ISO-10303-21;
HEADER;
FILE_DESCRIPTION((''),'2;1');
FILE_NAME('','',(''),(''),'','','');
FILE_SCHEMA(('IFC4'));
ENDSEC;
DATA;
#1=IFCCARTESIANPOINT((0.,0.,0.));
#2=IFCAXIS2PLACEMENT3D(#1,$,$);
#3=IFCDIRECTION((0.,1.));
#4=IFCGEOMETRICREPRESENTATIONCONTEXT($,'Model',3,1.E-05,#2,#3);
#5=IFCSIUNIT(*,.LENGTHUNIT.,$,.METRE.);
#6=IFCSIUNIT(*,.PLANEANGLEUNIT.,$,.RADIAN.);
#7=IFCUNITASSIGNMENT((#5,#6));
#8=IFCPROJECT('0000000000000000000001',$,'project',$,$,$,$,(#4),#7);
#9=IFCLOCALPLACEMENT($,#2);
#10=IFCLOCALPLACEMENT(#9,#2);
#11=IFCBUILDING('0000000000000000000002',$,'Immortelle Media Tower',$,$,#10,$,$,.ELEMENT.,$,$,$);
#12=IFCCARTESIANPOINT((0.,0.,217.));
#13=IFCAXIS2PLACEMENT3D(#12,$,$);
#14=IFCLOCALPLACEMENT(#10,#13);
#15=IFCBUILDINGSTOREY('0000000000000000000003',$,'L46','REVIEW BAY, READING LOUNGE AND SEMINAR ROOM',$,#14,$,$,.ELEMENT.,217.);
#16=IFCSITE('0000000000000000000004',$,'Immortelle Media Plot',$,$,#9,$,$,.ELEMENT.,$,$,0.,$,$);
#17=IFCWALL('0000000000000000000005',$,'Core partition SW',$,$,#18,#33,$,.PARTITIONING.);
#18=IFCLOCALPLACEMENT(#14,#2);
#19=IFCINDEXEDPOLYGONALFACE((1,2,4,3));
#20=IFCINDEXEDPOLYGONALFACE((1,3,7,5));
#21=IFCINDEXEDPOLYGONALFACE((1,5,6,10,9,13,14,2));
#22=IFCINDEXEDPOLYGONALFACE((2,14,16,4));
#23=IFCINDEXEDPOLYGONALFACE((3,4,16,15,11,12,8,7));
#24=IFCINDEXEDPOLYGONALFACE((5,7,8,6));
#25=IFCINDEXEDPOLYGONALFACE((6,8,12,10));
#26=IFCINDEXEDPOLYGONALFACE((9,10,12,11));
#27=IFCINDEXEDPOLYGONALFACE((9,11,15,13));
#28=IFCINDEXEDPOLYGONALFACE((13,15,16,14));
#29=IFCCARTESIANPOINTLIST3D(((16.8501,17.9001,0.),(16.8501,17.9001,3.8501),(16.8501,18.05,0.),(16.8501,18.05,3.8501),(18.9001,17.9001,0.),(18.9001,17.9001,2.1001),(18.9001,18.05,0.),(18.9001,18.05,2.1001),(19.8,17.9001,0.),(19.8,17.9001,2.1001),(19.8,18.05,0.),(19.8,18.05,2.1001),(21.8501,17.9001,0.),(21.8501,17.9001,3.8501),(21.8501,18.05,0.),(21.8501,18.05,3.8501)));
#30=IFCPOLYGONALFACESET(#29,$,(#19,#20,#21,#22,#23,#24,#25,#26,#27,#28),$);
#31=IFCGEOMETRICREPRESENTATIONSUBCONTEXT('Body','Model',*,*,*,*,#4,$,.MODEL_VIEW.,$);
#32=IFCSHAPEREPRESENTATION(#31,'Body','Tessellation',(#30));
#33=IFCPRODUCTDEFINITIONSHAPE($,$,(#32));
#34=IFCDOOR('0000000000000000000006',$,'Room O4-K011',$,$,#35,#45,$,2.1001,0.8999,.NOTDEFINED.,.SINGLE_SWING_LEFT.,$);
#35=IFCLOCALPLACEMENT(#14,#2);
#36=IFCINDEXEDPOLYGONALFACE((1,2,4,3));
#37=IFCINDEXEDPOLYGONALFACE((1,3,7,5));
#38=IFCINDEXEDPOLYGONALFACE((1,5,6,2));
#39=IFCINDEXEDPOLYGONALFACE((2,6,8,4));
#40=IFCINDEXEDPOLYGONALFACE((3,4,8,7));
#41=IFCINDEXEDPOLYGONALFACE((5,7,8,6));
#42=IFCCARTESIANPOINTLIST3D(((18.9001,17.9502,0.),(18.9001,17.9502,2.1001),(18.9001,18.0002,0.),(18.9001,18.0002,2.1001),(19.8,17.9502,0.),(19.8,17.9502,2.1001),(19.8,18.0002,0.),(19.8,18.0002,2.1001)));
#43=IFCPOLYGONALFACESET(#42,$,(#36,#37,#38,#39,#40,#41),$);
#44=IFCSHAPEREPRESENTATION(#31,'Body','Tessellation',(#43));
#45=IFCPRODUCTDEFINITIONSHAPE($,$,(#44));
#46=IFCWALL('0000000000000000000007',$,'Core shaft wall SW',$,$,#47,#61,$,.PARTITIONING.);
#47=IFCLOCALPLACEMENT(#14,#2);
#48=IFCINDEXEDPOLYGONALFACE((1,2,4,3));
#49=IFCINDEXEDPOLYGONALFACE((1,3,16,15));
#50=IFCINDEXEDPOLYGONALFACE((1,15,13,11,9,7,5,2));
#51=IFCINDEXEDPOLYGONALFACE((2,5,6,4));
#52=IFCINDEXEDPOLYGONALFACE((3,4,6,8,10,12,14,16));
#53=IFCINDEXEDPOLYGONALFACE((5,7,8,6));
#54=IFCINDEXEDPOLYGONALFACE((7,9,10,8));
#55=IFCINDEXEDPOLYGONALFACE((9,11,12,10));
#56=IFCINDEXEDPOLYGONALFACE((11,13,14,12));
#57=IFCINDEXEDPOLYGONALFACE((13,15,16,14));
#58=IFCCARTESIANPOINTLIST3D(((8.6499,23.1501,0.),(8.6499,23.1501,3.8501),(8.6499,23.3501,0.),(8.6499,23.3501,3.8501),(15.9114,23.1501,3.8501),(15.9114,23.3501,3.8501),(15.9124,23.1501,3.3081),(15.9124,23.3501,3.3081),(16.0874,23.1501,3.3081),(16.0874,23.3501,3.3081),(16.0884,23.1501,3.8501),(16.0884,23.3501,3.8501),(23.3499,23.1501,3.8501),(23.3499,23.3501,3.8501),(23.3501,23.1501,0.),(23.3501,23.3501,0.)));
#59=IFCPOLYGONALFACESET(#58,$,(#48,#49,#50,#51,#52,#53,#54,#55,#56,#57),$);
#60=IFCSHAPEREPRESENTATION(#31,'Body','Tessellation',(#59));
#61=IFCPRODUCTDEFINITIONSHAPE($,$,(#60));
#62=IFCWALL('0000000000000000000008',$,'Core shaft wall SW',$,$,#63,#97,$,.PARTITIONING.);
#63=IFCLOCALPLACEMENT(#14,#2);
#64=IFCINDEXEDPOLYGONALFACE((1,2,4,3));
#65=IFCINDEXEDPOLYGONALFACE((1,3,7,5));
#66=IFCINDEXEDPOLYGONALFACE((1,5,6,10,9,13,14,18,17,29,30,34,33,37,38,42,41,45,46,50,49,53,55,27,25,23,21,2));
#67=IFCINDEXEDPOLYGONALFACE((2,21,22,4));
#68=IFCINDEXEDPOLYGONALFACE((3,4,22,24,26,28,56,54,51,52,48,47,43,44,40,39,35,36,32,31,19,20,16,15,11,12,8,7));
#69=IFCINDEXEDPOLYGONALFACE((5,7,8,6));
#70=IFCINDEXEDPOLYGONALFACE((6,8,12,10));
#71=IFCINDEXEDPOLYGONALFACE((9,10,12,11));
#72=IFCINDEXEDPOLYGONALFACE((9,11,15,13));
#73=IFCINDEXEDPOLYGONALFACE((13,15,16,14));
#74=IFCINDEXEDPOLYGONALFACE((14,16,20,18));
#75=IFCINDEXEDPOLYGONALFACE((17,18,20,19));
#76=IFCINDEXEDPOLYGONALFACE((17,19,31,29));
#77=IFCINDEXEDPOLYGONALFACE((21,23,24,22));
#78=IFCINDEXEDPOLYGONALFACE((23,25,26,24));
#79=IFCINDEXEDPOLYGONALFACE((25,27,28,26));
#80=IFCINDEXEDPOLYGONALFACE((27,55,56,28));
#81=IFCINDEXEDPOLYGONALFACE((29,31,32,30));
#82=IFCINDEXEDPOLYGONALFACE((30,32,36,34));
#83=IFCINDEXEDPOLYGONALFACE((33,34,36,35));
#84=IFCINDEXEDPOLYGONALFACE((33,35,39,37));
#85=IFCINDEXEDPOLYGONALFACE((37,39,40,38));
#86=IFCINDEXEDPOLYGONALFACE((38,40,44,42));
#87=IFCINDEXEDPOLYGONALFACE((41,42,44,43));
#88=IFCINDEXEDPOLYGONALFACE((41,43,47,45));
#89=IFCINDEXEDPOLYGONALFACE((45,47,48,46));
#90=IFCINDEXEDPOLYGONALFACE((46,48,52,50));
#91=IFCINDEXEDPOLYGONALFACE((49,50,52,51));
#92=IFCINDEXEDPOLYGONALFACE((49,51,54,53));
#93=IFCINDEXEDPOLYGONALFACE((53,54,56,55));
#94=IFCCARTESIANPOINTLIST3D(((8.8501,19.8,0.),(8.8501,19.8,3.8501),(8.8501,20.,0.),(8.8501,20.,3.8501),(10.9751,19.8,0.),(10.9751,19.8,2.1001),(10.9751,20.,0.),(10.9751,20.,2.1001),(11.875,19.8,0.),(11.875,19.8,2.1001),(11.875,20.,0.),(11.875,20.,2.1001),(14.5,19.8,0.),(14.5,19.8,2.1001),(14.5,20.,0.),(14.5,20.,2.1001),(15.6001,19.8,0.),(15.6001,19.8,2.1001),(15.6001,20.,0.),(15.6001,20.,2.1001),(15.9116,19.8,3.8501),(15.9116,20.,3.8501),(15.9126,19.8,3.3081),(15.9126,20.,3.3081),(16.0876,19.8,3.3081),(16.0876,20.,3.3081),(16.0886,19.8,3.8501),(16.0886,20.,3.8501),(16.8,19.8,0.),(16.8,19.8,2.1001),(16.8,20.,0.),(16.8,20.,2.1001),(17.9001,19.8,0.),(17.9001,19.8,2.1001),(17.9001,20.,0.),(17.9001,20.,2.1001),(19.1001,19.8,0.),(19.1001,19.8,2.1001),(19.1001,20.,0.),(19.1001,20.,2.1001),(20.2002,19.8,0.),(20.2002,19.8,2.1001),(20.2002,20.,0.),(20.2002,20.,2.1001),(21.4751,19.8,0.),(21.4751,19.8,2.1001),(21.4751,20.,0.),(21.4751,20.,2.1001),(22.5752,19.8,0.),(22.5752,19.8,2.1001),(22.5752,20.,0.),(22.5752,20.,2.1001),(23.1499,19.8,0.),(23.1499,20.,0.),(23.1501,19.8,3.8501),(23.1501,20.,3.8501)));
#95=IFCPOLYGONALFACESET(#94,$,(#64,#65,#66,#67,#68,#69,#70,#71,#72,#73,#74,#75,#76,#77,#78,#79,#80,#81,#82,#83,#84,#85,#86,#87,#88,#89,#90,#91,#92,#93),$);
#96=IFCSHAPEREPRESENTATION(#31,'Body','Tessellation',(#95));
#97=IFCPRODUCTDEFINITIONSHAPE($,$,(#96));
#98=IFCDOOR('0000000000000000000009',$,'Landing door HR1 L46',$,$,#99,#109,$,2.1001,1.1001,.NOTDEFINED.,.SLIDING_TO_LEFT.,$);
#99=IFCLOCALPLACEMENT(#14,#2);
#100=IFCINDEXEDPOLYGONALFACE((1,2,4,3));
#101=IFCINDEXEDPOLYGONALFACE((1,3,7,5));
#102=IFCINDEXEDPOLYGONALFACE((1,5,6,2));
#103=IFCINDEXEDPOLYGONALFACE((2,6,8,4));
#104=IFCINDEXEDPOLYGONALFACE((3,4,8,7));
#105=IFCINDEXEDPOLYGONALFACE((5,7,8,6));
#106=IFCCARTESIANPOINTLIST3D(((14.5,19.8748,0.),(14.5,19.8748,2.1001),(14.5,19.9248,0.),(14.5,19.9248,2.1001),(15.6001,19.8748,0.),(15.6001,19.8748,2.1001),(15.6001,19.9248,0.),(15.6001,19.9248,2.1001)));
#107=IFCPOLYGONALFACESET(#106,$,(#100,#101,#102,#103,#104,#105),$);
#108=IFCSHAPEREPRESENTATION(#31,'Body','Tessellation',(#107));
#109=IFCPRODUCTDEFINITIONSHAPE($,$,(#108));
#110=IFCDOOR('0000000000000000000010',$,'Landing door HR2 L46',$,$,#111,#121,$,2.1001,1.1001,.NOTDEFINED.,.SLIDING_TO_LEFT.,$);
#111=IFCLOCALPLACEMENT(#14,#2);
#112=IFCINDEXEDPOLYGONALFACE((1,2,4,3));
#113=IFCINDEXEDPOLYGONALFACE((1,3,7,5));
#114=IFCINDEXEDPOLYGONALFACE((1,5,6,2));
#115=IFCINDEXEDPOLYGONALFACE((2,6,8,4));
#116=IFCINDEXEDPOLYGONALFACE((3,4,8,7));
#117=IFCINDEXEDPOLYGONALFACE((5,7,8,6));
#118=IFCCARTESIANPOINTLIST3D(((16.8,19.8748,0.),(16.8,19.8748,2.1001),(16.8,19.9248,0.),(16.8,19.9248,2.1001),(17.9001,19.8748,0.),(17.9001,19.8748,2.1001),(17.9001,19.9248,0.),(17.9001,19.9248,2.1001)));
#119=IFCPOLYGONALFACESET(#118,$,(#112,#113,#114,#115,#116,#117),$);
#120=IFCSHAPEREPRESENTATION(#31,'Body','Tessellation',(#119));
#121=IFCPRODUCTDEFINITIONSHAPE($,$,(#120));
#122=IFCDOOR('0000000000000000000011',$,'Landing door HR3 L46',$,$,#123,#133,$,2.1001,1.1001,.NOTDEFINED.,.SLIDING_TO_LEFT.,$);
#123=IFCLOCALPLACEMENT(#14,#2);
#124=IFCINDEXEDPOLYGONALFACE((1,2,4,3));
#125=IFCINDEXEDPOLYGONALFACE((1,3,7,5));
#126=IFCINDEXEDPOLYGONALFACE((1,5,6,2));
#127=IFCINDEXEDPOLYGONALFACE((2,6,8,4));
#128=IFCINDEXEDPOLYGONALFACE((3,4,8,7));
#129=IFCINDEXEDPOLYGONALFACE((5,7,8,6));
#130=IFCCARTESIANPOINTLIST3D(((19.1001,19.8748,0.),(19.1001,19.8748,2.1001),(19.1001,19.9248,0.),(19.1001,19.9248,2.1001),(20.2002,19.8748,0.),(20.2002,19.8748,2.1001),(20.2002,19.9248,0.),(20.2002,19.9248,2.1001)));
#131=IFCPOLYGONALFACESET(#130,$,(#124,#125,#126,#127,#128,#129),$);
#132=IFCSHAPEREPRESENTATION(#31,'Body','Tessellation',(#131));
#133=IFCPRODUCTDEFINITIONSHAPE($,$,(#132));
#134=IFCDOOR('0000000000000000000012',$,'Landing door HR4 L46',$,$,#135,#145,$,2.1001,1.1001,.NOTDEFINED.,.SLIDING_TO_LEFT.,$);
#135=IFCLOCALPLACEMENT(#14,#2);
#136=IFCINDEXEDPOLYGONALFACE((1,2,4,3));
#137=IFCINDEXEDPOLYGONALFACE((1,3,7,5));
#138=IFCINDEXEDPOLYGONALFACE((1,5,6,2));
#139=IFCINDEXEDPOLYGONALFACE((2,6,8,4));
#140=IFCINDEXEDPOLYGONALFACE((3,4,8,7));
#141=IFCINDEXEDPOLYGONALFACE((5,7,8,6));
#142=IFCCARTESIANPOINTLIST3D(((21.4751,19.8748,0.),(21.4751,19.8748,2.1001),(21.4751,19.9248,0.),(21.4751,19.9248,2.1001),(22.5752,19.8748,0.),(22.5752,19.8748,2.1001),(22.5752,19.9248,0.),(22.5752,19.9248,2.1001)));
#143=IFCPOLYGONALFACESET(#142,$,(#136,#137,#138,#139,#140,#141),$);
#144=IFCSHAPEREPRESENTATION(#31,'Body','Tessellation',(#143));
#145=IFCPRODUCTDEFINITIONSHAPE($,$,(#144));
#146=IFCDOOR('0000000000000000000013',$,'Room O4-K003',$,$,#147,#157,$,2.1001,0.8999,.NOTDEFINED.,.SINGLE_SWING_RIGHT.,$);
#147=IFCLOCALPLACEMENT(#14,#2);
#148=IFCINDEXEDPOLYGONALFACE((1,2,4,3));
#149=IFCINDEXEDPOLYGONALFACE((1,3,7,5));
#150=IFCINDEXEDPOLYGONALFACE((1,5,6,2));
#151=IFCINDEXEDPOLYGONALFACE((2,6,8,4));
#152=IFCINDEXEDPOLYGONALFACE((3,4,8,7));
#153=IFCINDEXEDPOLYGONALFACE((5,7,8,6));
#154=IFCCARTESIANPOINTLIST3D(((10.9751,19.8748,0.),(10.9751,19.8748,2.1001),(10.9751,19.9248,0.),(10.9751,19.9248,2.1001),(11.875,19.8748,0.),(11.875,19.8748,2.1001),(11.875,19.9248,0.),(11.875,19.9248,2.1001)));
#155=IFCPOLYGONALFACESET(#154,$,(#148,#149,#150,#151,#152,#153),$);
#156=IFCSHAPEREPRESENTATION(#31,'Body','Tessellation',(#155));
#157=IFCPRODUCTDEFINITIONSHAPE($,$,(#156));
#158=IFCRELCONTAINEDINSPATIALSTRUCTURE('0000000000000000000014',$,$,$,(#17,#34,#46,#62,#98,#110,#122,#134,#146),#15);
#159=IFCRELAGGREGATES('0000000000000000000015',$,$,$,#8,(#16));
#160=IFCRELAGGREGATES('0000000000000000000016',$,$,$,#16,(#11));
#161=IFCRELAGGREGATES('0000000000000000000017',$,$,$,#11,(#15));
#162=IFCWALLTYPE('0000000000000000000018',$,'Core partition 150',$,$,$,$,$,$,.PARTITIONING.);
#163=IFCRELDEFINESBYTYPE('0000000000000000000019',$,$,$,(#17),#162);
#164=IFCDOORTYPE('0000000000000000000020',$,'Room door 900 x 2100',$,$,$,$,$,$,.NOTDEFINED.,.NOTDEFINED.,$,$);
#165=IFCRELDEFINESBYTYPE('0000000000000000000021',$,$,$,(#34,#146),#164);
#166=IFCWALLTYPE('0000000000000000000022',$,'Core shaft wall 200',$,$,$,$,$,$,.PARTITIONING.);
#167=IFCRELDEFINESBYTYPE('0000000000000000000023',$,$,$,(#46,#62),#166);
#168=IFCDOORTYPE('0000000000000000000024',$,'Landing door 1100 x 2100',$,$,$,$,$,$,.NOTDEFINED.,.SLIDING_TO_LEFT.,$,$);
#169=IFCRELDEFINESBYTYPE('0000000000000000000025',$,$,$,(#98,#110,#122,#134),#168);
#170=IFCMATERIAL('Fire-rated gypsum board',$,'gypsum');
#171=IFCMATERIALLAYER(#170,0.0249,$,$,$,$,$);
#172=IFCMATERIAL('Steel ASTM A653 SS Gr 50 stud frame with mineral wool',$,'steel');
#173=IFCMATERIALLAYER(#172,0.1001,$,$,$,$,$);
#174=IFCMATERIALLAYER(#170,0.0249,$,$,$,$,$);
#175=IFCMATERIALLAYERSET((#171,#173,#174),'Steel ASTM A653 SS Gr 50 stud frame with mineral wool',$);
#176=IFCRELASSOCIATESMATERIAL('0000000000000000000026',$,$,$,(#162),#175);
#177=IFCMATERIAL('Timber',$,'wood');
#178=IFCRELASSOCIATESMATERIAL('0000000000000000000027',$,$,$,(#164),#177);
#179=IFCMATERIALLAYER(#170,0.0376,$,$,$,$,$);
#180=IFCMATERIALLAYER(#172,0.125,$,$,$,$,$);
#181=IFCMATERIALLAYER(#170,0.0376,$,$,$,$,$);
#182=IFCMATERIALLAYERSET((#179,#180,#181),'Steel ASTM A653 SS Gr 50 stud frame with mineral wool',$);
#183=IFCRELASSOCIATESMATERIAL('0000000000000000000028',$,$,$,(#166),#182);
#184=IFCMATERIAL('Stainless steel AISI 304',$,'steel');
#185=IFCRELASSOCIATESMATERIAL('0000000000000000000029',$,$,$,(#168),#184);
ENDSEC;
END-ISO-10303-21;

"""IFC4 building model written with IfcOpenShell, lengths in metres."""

from ifc_helpers import new_model, si_unit, direction, frame, frame_2d, origin, place, context, subcontext, project, spatial, polyline, rectangle, outline, extrude, material, layer, layer_set, type_object, element, fill, save


model = new_model("IFC4")

# Units and contexts
model_context = context("Model", 3, precision=1e-05, world=origin(), true_north=direction((0.0, 1.0)))
body_context = subcontext(model_context, "Body", "Model", "MODEL_VIEW")
ifc_project = project(units=[si_unit("LENGTHUNIT", "METRE"), si_unit("PLANEANGLEUNIT", "RADIAN")], contexts=[model_context])

# Site, building, storey
site_placement = place(None, origin())
site = spatial("IfcSite", under=ifc_project, at=site_placement, Name="Immortelle Media Plot", CompositionType="ELEMENT", RefElevation=0.0)
building_placement = place(site_placement, origin())
building = spatial("IfcBuilding", under=site, at=building_placement, Name="Immortelle Media Tower", CompositionType="ELEMENT")
storey_placement = place(building_placement, frame((0.0, 0.0, 217.0)))
storey = spatial("IfcBuildingStorey", under=building, at=storey_placement, Name="L46", Description="REVIEW BAY, READING LOUNGE AND SEMINAR ROOM", CompositionType="ELEMENT", Elevation=217.0)

# Shared definitions
ifc_material_1 = material(Name="Timber", Category="wood")

# Shared definitions
ifc_material_2 = material(Name="Fire-rated gypsum board", Category="gypsum")
ifc_layer_1 = layer(ifc_material_2, 0.0249)
ifc_material_3 = material(Name="Steel ASTM A653 SS Gr 50 stud frame with mineral wool", Category="steel")
ifc_layer_2 = layer(ifc_material_3, 0.1001)
ifc_layer_3 = layer(ifc_material_2, 0.0249)
ifc_layer_set_1 = layer_set([ifc_layer_1, ifc_layer_2, ifc_layer_3], Name="Steel ASTM A653 SS Gr 50 stud frame with mineral wool")
wall_type_1 = type_object("IfcWallType", Name="Core partition 150", PredefinedType="PARTITIONING", material=ifc_layer_set_1)

# Shared definitions
door_type_1 = type_object("IfcDoorType", Name="Room door 900 x 2100", OperationType="NOTDEFINED", PredefinedType="NOTDEFINED", material=ifc_material_1)

# Wall, opening, door
wall_1_placement = place(storey_placement, frame((16.8501, 17.9751, 0.0), z_axis=(0.0, 0.0, 1.0), x_axis=(1.0, 0.0, 0.0)))
wall_1 = element("IfcWall", 1, at=wall_1_placement, inside=storey, type_object=wall_type_1, Name="Core partition SW", PredefinedType="PARTITIONING", context=body_context, shape_type="SweptSolid", body=[
    extrude(rectangle(XDim=5.0, YDim=0.1499, at=frame_2d((2.5, 0.0))), origin(), (0.0, 0.0, 1.0), 3.8501),
])
opening_1_placement = place(wall_1_placement, frame((2.95, 0.0, 0.0), z_axis=(0.0, 0.0, 1.0), x_axis=(-1.0, 0.0, 0.0)))
opening_1 = element("IfcOpeningElement", 2, at=opening_1_placement, cuts=wall_1, PredefinedType="OPENING", context=body_context, shape_type="SweptSolid", body=[
    extrude(rectangle(XDim=0.8999, YDim=2.1001, at=frame_2d((0.45, 1.05))), frame((0.0, 0.085, 0.0), z_axis=(0.0, -1.0, 0.0), x_axis=(1.0, 0.0, 0.0)), (0.0, 0.0, 1.0), 0.1699),
])
door_1_placement = place(opening_1_placement, origin())
door_1 = element("IfcDoor", 3, at=door_1_placement, inside=storey, type_object=door_type_1, Name="Room O4-K011", OperationType="SINGLE_SWING_LEFT", OverallHeight=2.1001, OverallWidth=0.8999, PredefinedType="NOTDEFINED", context=body_context, shape_type="SweptSolid", body=[
    extrude(rectangle(XDim=0.8999, YDim=2.1001, at=frame_2d((0.45, 1.05))), frame((0.0, 0.0249, 0.0), z_axis=(0.0, -1.0, 0.0), x_axis=(1.0, 0.0, 0.0)), (0.0, 0.0, 1.0), 0.05),
])
fill(opening_1, door_1)

# Wall
ifc_layer_4 = layer(ifc_material_2, 0.0376)
ifc_layer_5 = layer(ifc_material_3, 0.125)
ifc_layer_6 = layer(ifc_material_2, 0.0376)
ifc_layer_set_2 = layer_set([ifc_layer_4, ifc_layer_5, ifc_layer_6], Name="Steel ASTM A653 SS Gr 50 stud frame with mineral wool")
wall_type_2 = type_object("IfcWallType", Name="Core shaft wall 200", PredefinedType="PARTITIONING", material=ifc_layer_set_2)
wall_2_placement = place(storey_placement, frame((8.6499, 23.25, 0.0), z_axis=(0.0, 0.0, 1.0), x_axis=(1.0, 0.0, 0.0)))
element("IfcWall", 4, at=wall_2_placement, inside=storey, type_object=wall_type_2, Name="Core shaft wall SW", PredefinedType="PARTITIONING", context=body_context, shape_type="SweptSolid", body=[
    extrude(outline(polyline([(0.0, 0.0), (14.7002, 0.0), (14.7, 3.8501), (7.4385, 3.8501), (7.4375, 3.3081), (7.2625, 3.3081), (7.2615, 3.8501), (0.0, 3.8501), (0.0, 0.0)])), frame((0.0, 0.1001, 0.0), z_axis=(0.0, -1.0, 0.0), x_axis=(1.0, 0.0, 0.0)), (0.0, 0.0, 1.0), 0.2),
])

# Wall, openings, doors
wall_3_placement = place(storey_placement, frame((8.8501, 19.8999, 0.0), z_axis=(0.0, 0.0, 1.0), x_axis=(1.0, 0.0, 0.0)))
wall_3 = element("IfcWall", 5, at=wall_3_placement, inside=storey, type_object=wall_type_2, Name="Core shaft wall SW", PredefinedType="PARTITIONING", context=body_context, shape_type="SweptSolid", body=[
    extrude(outline(polyline([(0.0, 0.0), (14.2998, 0.0), (14.3, 3.8501), (7.2385, 3.8501), (7.2375, 3.3081), (7.0625, 3.3081), (7.0615, 3.8501), (0.0, 3.8501), (0.0, 0.0)])), frame((0.0, 0.1001, 0.0), z_axis=(0.0, -1.0, 0.0), x_axis=(1.0, 0.0, 0.0)), (0.0, 0.0, 1.0), 0.2),
])
opening_2_placement = place(wall_3_placement, frame((2.125, 0.0, 0.0)))
opening_2 = element("IfcOpeningElement", 6, at=opening_2_placement, cuts=wall_3, PredefinedType="OPENING", context=body_context, shape_type="SweptSolid", body=[
    extrude(rectangle(XDim=0.8999, YDim=2.1001, at=frame_2d((0.45, 1.05))), frame((0.0, 0.1099, 0.0), z_axis=(0.0, -1.0, 0.0), x_axis=(1.0, 0.0, 0.0)), (0.0, 0.0, 1.0), 0.22),
])
opening_3_placement = place(wall_3_placement, frame((5.6499, 0.0, 0.0)))
opening_3 = element("IfcOpeningElement", 7, at=opening_3_placement, cuts=wall_3, PredefinedType="OPENING", context=body_context, shape_type="SweptSolid", body=[
    extrude(rectangle(XDim=1.1001, YDim=2.1001, at=frame_2d((0.55, 1.05))), frame((0.0, 0.1099, 0.0), z_axis=(0.0, -1.0, 0.0), x_axis=(1.0, 0.0, 0.0)), (0.0, 0.0, 1.0), 0.22),
])
opening_4_placement = place(wall_3_placement, frame((7.95, 0.0, 0.0)))
opening_4 = element("IfcOpeningElement", 8, at=opening_4_placement, cuts=wall_3, PredefinedType="OPENING", context=body_context, shape_type="SweptSolid", body=[
    extrude(rectangle(XDim=1.1001, YDim=2.1001, at=frame_2d((0.55, 1.05))), frame((0.0, 0.1099, 0.0), z_axis=(0.0, -1.0, 0.0), x_axis=(1.0, 0.0, 0.0)), (0.0, 0.0, 1.0), 0.22),
])
opening_5_placement = place(wall_3_placement, frame((10.25, 0.0, 0.0)))
opening_5 = element("IfcOpeningElement", 9, at=opening_5_placement, cuts=wall_3, PredefinedType="OPENING", context=body_context, shape_type="SweptSolid", body=[
    extrude(rectangle(XDim=1.1001, YDim=2.1001, at=frame_2d((0.55, 1.05))), frame((0.0, 0.1099, 0.0), z_axis=(0.0, -1.0, 0.0), x_axis=(1.0, 0.0, 0.0)), (0.0, 0.0, 1.0), 0.22),
])
opening_6_placement = place(wall_3_placement, frame((12.625, 0.0, 0.0)))
opening_6 = element("IfcOpeningElement", 10, at=opening_6_placement, cuts=wall_3, PredefinedType="OPENING", context=body_context, shape_type="SweptSolid", body=[
    extrude(rectangle(XDim=1.1001, YDim=2.1001, at=frame_2d((0.55, 1.05))), frame((0.0, 0.1099, 0.0), z_axis=(0.0, -1.0, 0.0), x_axis=(1.0, 0.0, 0.0)), (0.0, 0.0, 1.0), 0.22),
])
ifc_material_4 = material(Name="Stainless steel AISI 304", Category="steel")
door_type_2 = type_object("IfcDoorType", Name="Landing door 1100 x 2100", OperationType="SLIDING_TO_LEFT", PredefinedType="NOTDEFINED", material=ifc_material_4)
door_2_placement = place(opening_3_placement, origin())
door_2 = element("IfcDoor", 11, at=door_2_placement, inside=storey, type_object=door_type_2, Name="Landing door HR1 L46", OperationType="SLIDING_TO_LEFT", OverallHeight=2.1001, OverallWidth=1.1001, PredefinedType="NOTDEFINED", context=body_context, shape_type="SweptSolid", body=[
    extrude(rectangle(XDim=1.1001, YDim=2.1001, at=frame_2d((0.55, 1.05))), frame((0.0, 0.0249, 0.0), z_axis=(0.0, -1.0, 0.0), x_axis=(1.0, 0.0, 0.0)), (0.0, 0.0, 1.0), 0.05),
])
fill(opening_3, door_2)
door_3_placement = place(opening_4_placement, origin())
door_3 = element("IfcDoor", 12, at=door_3_placement, inside=storey, type_object=door_type_2, Name="Landing door HR2 L46", OperationType="SLIDING_TO_LEFT", OverallHeight=2.1001, OverallWidth=1.1001, PredefinedType="NOTDEFINED", context=body_context, shape_type="SweptSolid", body=[
    extrude(rectangle(XDim=1.1001, YDim=2.1001, at=frame_2d((0.55, 1.05))), frame((0.0, 0.0249, 0.0), z_axis=(0.0, -1.0, 0.0), x_axis=(1.0, 0.0, 0.0)), (0.0, 0.0, 1.0), 0.05),
])
fill(opening_4, door_3)
door_4_placement = place(opening_5_placement, origin())
door_4 = element("IfcDoor", 13, at=door_4_placement, inside=storey, type_object=door_type_2, Name="Landing door HR3 L46", OperationType="SLIDING_TO_LEFT", OverallHeight=2.1001, OverallWidth=1.1001, PredefinedType="NOTDEFINED", context=body_context, shape_type="SweptSolid", body=[
    extrude(rectangle(XDim=1.1001, YDim=2.1001, at=frame_2d((0.55, 1.05))), frame((0.0, 0.0249, 0.0), z_axis=(0.0, -1.0, 0.0), x_axis=(1.0, 0.0, 0.0)), (0.0, 0.0, 1.0), 0.05),
])
fill(opening_5, door_4)
door_5_placement = place(opening_6_placement, origin())
door_5 = element("IfcDoor", 14, at=door_5_placement, inside=storey, type_object=door_type_2, Name="Landing door HR4 L46", OperationType="SLIDING_TO_LEFT", OverallHeight=2.1001, OverallWidth=1.1001, PredefinedType="NOTDEFINED", context=body_context, shape_type="SweptSolid", body=[
    extrude(rectangle(XDim=1.1001, YDim=2.1001, at=frame_2d((0.55, 1.05))), frame((0.0, 0.0249, 0.0), z_axis=(0.0, -1.0, 0.0), x_axis=(1.0, 0.0, 0.0)), (0.0, 0.0, 1.0), 0.05),
])
fill(opening_6, door_5)
door_6_placement = place(opening_2_placement, origin())
door_6 = element("IfcDoor", 15, at=door_6_placement, inside=storey, type_object=door_type_1, Name="Room O4-K003", OperationType="SINGLE_SWING_RIGHT", OverallHeight=2.1001, OverallWidth=0.8999, PredefinedType="NOTDEFINED", context=body_context, shape_type="SweptSolid", body=[
    extrude(rectangle(XDim=0.8999, YDim=2.1001, at=frame_2d((0.45, 1.05))), frame((0.0, 0.0249, 0.0), z_axis=(0.0, -1.0, 0.0), x_axis=(1.0, 0.0, 0.0)), (0.0, 0.0, 1.0), 0.05),
])
fill(opening_2, door_6)

save(model, "model.ifc")
